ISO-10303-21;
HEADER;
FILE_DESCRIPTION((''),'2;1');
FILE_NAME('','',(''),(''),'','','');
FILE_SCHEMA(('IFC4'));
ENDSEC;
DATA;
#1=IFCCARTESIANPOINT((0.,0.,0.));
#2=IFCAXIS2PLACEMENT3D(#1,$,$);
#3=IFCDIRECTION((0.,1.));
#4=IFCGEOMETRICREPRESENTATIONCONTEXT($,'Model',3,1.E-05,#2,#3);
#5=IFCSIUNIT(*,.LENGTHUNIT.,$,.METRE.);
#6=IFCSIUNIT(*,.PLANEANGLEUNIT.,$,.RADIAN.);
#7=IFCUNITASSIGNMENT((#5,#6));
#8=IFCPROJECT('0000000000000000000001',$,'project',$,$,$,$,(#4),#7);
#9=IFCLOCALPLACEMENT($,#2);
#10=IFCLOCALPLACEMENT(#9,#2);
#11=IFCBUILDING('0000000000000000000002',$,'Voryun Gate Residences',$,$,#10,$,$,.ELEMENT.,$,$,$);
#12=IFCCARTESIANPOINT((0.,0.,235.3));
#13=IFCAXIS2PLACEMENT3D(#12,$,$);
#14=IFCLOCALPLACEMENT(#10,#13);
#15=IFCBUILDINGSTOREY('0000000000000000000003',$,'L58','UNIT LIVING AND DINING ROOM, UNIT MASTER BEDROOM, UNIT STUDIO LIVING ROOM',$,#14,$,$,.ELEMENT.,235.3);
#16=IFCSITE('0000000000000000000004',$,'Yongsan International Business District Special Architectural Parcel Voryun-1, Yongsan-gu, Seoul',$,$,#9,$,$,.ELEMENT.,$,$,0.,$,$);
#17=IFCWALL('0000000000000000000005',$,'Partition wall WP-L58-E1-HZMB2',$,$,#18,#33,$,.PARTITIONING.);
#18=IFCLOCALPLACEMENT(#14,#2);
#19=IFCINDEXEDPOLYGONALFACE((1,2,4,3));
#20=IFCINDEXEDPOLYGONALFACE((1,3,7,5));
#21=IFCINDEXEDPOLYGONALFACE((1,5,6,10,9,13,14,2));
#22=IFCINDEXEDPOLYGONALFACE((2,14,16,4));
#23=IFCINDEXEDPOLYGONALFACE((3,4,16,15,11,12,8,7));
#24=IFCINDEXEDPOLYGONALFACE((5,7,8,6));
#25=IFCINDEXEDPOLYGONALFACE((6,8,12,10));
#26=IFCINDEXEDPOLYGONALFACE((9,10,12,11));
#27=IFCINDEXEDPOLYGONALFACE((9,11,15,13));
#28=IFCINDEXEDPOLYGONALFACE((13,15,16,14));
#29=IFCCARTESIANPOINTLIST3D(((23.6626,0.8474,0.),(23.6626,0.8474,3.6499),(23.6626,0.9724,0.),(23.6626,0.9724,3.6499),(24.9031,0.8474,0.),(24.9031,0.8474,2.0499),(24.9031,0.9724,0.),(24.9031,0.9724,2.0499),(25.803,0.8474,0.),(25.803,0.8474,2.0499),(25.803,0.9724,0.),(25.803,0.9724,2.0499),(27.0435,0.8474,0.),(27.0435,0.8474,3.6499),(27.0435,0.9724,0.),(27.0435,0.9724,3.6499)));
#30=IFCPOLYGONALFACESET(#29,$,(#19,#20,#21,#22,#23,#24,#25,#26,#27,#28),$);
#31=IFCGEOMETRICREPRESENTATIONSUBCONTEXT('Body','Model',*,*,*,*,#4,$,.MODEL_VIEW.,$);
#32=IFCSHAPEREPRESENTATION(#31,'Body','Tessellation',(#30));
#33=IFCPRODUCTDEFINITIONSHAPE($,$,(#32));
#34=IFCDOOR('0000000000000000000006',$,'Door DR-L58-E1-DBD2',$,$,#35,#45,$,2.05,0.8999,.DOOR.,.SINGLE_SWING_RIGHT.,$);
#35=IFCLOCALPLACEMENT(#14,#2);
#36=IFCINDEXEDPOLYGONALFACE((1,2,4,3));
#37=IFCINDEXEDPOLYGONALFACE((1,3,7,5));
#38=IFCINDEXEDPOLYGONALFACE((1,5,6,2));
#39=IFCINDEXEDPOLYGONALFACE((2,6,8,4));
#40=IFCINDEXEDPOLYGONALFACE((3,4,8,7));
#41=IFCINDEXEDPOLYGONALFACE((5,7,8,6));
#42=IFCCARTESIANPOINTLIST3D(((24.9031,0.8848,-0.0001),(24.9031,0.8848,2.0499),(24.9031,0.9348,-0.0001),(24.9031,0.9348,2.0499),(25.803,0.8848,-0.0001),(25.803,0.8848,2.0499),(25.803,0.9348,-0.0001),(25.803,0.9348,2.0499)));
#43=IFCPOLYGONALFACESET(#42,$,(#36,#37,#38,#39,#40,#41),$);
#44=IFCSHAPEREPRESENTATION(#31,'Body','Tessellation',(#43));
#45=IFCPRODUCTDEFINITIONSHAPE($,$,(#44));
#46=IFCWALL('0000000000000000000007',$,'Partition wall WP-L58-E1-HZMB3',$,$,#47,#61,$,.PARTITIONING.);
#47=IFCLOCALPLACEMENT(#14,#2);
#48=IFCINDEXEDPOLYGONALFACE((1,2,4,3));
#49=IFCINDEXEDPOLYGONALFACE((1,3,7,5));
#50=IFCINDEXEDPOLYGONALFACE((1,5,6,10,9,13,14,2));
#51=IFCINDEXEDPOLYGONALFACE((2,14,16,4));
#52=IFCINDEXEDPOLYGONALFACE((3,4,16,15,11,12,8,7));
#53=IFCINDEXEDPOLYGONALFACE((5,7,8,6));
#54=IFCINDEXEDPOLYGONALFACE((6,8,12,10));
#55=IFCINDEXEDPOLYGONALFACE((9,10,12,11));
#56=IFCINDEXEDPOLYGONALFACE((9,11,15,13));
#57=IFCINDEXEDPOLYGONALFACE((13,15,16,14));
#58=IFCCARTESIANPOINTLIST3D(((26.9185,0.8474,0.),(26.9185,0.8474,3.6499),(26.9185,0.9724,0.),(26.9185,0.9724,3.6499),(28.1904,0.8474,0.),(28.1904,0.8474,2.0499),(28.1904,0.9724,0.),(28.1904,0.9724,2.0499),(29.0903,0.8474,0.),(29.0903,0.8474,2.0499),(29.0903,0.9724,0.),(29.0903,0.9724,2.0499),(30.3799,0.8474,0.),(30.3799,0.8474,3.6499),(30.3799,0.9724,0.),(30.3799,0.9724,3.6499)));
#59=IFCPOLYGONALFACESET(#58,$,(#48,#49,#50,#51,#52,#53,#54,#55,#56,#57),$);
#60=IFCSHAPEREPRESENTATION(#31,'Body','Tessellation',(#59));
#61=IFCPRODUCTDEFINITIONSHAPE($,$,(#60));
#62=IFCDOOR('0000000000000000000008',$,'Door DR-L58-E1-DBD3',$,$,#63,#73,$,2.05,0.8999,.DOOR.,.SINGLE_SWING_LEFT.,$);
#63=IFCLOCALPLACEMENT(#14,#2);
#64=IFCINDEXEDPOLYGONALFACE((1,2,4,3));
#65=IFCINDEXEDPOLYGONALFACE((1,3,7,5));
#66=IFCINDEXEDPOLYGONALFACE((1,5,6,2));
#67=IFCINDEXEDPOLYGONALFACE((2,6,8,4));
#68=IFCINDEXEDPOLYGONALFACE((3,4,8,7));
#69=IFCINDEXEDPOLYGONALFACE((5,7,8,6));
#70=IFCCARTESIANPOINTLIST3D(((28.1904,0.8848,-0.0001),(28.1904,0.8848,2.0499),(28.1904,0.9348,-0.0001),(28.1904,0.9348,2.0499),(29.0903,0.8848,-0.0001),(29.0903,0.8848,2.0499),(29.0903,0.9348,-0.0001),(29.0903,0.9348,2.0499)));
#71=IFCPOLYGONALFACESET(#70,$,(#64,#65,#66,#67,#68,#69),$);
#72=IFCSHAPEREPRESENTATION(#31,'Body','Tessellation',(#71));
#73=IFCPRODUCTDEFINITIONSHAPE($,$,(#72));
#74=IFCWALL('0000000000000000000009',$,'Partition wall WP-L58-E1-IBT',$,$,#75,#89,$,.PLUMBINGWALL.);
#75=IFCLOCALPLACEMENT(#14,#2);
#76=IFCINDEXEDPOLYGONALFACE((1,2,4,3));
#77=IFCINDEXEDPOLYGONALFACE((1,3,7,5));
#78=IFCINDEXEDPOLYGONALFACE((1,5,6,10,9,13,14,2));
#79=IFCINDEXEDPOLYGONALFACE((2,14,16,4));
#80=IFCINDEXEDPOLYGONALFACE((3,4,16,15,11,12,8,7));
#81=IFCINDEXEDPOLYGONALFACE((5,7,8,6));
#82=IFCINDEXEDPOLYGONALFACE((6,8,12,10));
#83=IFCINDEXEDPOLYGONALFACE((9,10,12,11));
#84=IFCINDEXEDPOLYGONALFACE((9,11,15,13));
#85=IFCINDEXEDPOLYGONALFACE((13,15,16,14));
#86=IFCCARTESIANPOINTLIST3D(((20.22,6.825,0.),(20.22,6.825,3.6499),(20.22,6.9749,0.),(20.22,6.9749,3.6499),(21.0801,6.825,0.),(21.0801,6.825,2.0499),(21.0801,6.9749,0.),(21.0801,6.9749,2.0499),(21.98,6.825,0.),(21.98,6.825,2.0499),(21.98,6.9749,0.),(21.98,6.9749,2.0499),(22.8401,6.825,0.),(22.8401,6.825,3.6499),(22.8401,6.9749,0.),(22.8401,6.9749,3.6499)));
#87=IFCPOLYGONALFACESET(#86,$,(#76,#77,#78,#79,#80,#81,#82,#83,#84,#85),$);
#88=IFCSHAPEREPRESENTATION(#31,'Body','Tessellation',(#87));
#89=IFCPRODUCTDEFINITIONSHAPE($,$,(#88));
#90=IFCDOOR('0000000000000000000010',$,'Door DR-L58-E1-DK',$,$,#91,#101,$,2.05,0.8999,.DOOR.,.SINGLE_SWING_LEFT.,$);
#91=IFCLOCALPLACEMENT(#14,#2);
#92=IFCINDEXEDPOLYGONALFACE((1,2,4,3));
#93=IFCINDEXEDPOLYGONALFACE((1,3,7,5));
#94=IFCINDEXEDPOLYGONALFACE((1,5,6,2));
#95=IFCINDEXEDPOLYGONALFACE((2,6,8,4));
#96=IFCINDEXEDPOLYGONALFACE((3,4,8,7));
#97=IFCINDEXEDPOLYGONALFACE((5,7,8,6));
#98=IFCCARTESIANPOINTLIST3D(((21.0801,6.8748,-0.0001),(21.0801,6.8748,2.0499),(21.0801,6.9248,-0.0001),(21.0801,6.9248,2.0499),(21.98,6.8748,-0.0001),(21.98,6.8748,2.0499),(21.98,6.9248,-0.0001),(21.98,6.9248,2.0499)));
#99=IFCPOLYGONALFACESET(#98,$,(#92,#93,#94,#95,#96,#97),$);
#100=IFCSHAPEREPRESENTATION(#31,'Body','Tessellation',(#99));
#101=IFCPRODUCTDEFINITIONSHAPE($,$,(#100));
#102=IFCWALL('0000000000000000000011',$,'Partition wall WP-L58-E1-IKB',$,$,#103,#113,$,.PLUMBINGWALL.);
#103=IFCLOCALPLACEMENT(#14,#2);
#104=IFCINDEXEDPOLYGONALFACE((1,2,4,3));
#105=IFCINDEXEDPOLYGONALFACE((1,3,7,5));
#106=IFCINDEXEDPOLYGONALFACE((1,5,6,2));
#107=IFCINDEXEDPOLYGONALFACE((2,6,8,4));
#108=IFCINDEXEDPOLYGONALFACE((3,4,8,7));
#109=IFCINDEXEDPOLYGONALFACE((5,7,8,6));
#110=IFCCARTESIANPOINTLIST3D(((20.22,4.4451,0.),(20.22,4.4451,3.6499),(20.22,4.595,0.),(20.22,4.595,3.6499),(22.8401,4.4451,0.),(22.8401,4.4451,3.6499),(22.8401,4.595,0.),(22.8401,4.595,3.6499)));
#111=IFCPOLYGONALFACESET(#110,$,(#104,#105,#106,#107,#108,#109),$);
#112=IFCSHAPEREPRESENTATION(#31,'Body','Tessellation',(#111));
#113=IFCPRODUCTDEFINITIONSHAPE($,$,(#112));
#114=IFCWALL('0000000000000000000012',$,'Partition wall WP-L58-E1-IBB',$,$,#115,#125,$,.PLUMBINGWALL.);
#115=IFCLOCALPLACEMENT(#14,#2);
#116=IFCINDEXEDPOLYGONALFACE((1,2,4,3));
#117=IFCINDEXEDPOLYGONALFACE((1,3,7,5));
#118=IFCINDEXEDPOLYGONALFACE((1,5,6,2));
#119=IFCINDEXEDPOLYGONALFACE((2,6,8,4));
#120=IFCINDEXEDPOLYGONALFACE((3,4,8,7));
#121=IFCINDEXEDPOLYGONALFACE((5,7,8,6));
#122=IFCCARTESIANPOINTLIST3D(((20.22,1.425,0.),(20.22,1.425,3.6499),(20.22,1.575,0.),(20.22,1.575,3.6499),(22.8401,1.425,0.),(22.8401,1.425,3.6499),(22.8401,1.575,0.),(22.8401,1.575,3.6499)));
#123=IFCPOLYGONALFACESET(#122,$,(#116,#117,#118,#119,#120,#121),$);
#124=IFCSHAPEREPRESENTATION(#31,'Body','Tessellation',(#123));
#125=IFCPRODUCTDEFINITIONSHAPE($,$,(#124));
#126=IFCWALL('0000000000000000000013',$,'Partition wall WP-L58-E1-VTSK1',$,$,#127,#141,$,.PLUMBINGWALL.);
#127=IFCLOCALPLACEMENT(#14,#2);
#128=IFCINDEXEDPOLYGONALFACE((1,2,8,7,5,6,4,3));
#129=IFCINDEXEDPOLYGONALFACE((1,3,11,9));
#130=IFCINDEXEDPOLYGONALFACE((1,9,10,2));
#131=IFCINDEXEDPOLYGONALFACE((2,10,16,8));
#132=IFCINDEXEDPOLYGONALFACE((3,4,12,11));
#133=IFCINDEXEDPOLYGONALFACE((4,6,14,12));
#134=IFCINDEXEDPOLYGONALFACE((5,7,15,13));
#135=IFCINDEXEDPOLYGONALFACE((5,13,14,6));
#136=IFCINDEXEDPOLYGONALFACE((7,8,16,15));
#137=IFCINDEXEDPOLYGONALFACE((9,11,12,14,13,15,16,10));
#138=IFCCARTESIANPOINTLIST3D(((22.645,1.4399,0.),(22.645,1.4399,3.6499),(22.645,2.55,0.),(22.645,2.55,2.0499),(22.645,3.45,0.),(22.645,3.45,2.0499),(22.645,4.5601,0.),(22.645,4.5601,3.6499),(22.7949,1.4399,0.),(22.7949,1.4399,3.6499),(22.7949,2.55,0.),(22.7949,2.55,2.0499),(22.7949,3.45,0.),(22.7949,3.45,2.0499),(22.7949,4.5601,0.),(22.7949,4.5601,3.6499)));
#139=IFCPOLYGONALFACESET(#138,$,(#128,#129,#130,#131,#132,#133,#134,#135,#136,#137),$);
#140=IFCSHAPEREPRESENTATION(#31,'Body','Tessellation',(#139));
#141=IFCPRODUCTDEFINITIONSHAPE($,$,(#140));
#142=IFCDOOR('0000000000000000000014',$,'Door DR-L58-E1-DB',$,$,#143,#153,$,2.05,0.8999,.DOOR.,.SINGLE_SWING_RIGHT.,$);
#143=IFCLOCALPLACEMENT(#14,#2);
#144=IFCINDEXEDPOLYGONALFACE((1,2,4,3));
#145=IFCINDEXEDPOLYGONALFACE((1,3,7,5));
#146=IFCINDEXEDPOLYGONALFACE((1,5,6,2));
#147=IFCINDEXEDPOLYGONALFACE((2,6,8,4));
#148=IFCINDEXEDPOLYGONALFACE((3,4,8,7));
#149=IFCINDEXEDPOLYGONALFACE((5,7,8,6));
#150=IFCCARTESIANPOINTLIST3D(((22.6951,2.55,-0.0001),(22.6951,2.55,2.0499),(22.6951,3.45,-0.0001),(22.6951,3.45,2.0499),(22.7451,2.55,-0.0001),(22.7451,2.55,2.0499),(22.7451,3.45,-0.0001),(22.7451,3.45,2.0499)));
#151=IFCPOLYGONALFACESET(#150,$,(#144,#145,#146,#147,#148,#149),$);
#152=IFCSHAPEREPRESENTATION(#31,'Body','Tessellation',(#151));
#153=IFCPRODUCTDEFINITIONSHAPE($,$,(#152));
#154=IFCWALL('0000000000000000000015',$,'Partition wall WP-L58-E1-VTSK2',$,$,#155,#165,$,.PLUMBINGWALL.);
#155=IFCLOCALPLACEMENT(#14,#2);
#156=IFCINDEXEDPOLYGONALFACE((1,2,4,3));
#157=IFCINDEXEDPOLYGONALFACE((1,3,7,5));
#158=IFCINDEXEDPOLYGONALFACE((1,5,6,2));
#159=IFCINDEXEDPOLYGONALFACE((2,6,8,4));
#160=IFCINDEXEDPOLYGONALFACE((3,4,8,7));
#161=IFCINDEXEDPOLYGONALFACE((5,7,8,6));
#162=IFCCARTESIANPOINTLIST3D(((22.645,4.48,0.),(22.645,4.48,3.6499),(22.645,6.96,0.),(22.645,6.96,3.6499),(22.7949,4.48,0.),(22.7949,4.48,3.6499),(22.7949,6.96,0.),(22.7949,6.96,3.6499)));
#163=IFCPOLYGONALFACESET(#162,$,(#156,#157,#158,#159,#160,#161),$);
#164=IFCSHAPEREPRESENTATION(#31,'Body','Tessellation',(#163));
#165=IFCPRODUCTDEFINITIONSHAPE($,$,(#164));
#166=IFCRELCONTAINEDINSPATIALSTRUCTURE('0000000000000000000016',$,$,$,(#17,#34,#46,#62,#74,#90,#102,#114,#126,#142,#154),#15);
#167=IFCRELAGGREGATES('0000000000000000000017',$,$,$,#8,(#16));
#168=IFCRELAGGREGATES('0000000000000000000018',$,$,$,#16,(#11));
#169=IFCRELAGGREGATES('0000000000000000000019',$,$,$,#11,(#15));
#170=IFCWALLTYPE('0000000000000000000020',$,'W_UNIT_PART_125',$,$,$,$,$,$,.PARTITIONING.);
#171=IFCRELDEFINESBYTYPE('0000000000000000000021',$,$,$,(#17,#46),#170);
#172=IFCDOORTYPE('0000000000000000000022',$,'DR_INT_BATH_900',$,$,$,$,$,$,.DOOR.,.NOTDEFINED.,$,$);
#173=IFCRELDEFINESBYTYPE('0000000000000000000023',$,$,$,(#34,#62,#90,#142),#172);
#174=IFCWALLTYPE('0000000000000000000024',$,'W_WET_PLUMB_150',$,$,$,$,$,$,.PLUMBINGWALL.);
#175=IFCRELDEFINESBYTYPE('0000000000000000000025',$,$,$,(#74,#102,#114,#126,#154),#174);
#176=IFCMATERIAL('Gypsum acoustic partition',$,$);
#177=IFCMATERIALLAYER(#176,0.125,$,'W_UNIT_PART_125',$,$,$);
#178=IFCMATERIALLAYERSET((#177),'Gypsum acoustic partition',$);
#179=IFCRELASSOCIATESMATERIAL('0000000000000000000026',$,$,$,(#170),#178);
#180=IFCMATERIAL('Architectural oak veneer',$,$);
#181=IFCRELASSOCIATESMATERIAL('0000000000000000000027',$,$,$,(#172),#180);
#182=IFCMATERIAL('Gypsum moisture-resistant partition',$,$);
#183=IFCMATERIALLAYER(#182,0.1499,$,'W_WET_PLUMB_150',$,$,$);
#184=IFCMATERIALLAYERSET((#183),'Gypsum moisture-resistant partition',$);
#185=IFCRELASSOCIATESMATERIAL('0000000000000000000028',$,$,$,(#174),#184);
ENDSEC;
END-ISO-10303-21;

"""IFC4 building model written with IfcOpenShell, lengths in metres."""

from ifc_helpers import new_model, si_unit, direction, frame, frame_2d, origin, place, context, subcontext, project, spatial, rectangle, extrude, material, layer, layer_set, type_object, element, fill, save


model = new_model("IFC4")

# Units and contexts
model_context = context("Model", 3, precision=1e-05, world=origin(), true_north=direction((0.0, 1.0)))
body_context = subcontext(model_context, "Body", "Model", "MODEL_VIEW")
ifc_project = project(units=[si_unit("LENGTHUNIT", "METRE"), si_unit("PLANEANGLEUNIT", "RADIAN")], contexts=[model_context])

# Site, building, storey
site_placement = place(None, origin())
site = spatial("IfcSite", under=ifc_project, at=site_placement, Name="Yongsan International Business District Special Architectural Parcel Voryun-1, Yongsan-gu, Seoul", CompositionType="ELEMENT", RefElevation=0.0)
building_placement = place(site_placement, origin())
building = spatial("IfcBuilding", under=site, at=building_placement, Name="Voryun Gate Residences", CompositionType="ELEMENT")
storey_placement = place(building_placement, frame((0.0, 0.0, 235.3)))
storey = spatial("IfcBuildingStorey", under=building, at=storey_placement, Name="L58", Description="UNIT LIVING AND DINING ROOM, UNIT MASTER BEDROOM, UNIT STUDIO LIVING ROOM", CompositionType="ELEMENT", Elevation=235.3)

# Walls, openings, doors
ifc_material_1 = material(Name="Gypsum acoustic partition")
ifc_layer_1 = layer(ifc_material_1, 0.125, Name="W_UNIT_PART_125")
ifc_layer_set_1 = layer_set([ifc_layer_1], Name="Gypsum acoustic partition")
wall_type_1 = type_object("IfcWallType", Name="W_UNIT_PART_125", PredefinedType="PARTITIONING", material=ifc_layer_set_1)
ifc_material_2 = material(Name="Architectural oak veneer")
door_type_1 = type_object("IfcDoorType", Name="DR_INT_BATH_900", OperationType="NOTDEFINED", PredefinedType="DOOR", material=ifc_material_2)
wall_1_placement = place(storey_placement, frame((23.6626, 0.9099, 0.0), z_axis=(0.0, 0.0, 1.0), x_axis=(1.0, 0.0, 0.0)))
wall_1 = element("IfcWall", 1, at=wall_1_placement, inside=storey, type_object=wall_type_1, Name="Partition wall WP-L58-E1-HZMB2", PredefinedType="PARTITIONING", context=body_context, shape_type="SweptSolid", body=[
    extrude(rectangle(XDim=3.3809, YDim=0.125, at=frame_2d((1.6904, 0.0))), origin(), (0.0, 0.0, 1.0), 3.6499),
])
opening_1_placement = place(wall_1_placement, frame((1.2405, 0.0, 0.0)))
opening_1 = element("IfcOpeningElement", 2, at=opening_1_placement, cuts=wall_1, PredefinedType="OPENING", context=body_context, shape_type="SweptSolid", body=[
    extrude(rectangle(XDim=0.8999, YDim=2.05, at=frame_2d((0.45, 1.0249))), frame((0.0, 0.0725, 0.0), z_axis=(0.0, -1.0, 0.0), x_axis=(1.0, 0.0, 0.0)), (0.0, 0.0, 1.0), 0.145),
])
door_1_placement = place(opening_1_placement, origin())
door_1 = element("IfcDoor", 3, at=door_1_placement, inside=storey, type_object=door_type_1, Name="Door DR-L58-E1-DBD2", OperationType="SINGLE_SWING_RIGHT", OverallHeight=2.05, OverallWidth=0.8999, PredefinedType="DOOR", context=body_context, shape_type="SweptSolid", body=[
    extrude(rectangle(XDim=0.8999, YDim=2.05, at=frame_2d((0.45, 1.0249))), frame((0.0, 0.0249, 0.0), z_axis=(0.0, -1.0, 0.0), x_axis=(1.0, 0.0, 0.0)), (0.0, 0.0, 1.0), 0.05),
])
fill(opening_1, door_1)
wall_2_placement = place(storey_placement, frame((26.9185, 0.9099, 0.0), z_axis=(0.0, 0.0, 1.0), x_axis=(1.0, 0.0, 0.0)))
wall_2 = element("IfcWall", 4, at=wall_2_placement, inside=storey, type_object=wall_type_1, Name="Partition wall WP-L58-E1-HZMB3", PredefinedType="PARTITIONING", context=body_context, shape_type="SweptSolid", body=[
    extrude(rectangle(XDim=3.4614, YDim=0.125, at=frame_2d((1.7307, 0.0))), origin(), (0.0, 0.0, 1.0), 3.6499),
])
opening_2_placement = place(wall_2_placement, frame((1.272, 0.0, 0.0)))
opening_2 = element("IfcOpeningElement", 5, at=opening_2_placement, cuts=wall_2, PredefinedType="OPENING", context=body_context, shape_type="SweptSolid", body=[
    extrude(rectangle(XDim=0.8999, YDim=2.05, at=frame_2d((0.45, 1.0249))), frame((0.0, 0.0725, 0.0), z_axis=(0.0, -1.0, 0.0), x_axis=(1.0, 0.0, 0.0)), (0.0, 0.0, 1.0), 0.145),
])
door_2_placement = place(opening_2_placement, origin())
door_2 = element("IfcDoor", 6, at=door_2_placement, inside=storey, type_object=door_type_1, Name="Door DR-L58-E1-DBD3", OperationType="SINGLE_SWING_LEFT", OverallHeight=2.05, OverallWidth=0.8999, PredefinedType="DOOR", context=body_context, shape_type="SweptSolid", body=[
    extrude(rectangle(XDim=0.8999, YDim=2.05, at=frame_2d((0.45, 1.0249))), frame((0.0, 0.0249, 0.0), z_axis=(0.0, -1.0, 0.0), x_axis=(1.0, 0.0, 0.0)), (0.0, 0.0, 1.0), 0.05),
])
fill(opening_2, door_2)
ifc_material_3 = material(Name="Gypsum moisture-resistant partition")
ifc_layer_2 = layer(ifc_material_3, 0.1499, Name="W_WET_PLUMB_150")
ifc_layer_set_2 = layer_set([ifc_layer_2], Name="Gypsum moisture-resistant partition")
wall_type_2 = type_object("IfcWallType", Name="W_WET_PLUMB_150", PredefinedType="PLUMBINGWALL", material=ifc_layer_set_2)
wall_3_placement = place(storey_placement, frame((20.22, 6.8999, 0.0), z_axis=(0.0, 0.0, 1.0), x_axis=(1.0, 0.0, 0.0)))
wall_3 = element("IfcWall", 7, at=wall_3_placement, inside=storey, type_object=wall_type_2, Name="Partition wall WP-L58-E1-IBT", PredefinedType="PLUMBINGWALL", context=body_context, shape_type="SweptSolid", body=[
    extrude(rectangle(XDim=2.6201, YDim=0.1499, at=frame_2d((1.3101, 0.0))), origin(), (0.0, 0.0, 1.0), 3.6499),
])
opening_3_placement = place(wall_3_placement, frame((0.8601, 0.0, 0.0)))
opening_3 = element("IfcOpeningElement", 8, at=opening_3_placement, cuts=wall_3, PredefinedType="OPENING", context=body_context, shape_type="SweptSolid", body=[
    extrude(rectangle(XDim=0.8999, YDim=2.05, at=frame_2d((0.45, 1.0249))), frame((0.0, 0.085, 0.0), z_axis=(0.0, -1.0, 0.0), x_axis=(1.0, 0.0, 0.0)), (0.0, 0.0, 1.0), 0.1699),
])
door_3_placement = place(opening_3_placement, origin())
door_3 = element("IfcDoor", 9, at=door_3_placement, inside=storey, type_object=door_type_1, Name="Door DR-L58-E1-DK", OperationType="SINGLE_SWING_LEFT", OverallHeight=2.05, OverallWidth=0.8999, PredefinedType="DOOR", context=body_context, shape_type="SweptSolid", body=[
    extrude(rectangle(XDim=0.8999, YDim=2.05, at=frame_2d((0.45, 1.0249))), frame((0.0, 0.0249, 0.0), z_axis=(0.0, -1.0, 0.0), x_axis=(1.0, 0.0, 0.0)), (0.0, 0.0, 1.0), 0.05),
])
fill(opening_3, door_3)

# Walls
for number, where, z_axis, x_axis, name in (
    (10, (20.22, 4.52, 0.0), (0.0, 0.0, 1.0), (1.0, 0.0, 0.0), "Partition wall WP-L58-E1-IKB"),
    (11, (20.22, 1.5, 0.0), (0.0, 0.0, 1.0), (1.0, 0.0, 0.0), "Partition wall WP-L58-E1-IBB"),
):
    element("IfcWall", number, at=place(storey_placement, frame(where, z_axis=z_axis, x_axis=x_axis)), inside=storey, type_object=wall_type_2, Name=name, PredefinedType="PLUMBINGWALL", context=body_context, shape_type="SweptSolid", body=[
        extrude(rectangle(XDim=2.6201, YDim=0.1499, at=frame_2d((1.3101, 0.0))), origin(), (0.0, 0.0, 1.0), 3.6499),
    ])

# Wall, opening, door
wall_4_placement = place(storey_placement, frame((22.72, 1.4399, 0.0), z_axis=(0.0, 0.0, 1.0), x_axis=(0.0, 1.0, 0.0)))
wall_4 = element("IfcWall", 12, at=wall_4_placement, inside=storey, type_object=wall_type_2, Name="Partition wall WP-L58-E1-VTSK1", PredefinedType="PLUMBINGWALL", context=body_context, shape_type="SweptSolid", body=[
    extrude(rectangle(XDim=3.1201, YDim=0.1499, at=frame_2d((1.5601, 0.0))), origin(), (0.0, 0.0, 1.0), 3.6499),
])
opening_4_placement = place(wall_4_placement, frame((1.1101, 0.0, 0.0)))
opening_4 = element("IfcOpeningElement", 13, at=opening_4_placement, cuts=wall_4, PredefinedType="OPENING", context=body_context, shape_type="SweptSolid", body=[
    extrude(rectangle(XDim=0.8999, YDim=2.05, at=frame_2d((0.45, 1.0249))), frame((0.0, 0.085, 0.0), z_axis=(0.0, -1.0, 0.0), x_axis=(1.0, 0.0, 0.0)), (0.0, 0.0, 1.0), 0.1699),
])
door_4_placement = place(opening_4_placement, origin())
door_4 = element("IfcDoor", 14, at=door_4_placement, inside=storey, type_object=door_type_1, Name="Door DR-L58-E1-DB", OperationType="SINGLE_SWING_RIGHT", OverallHeight=2.05, OverallWidth=0.8999, PredefinedType="DOOR", context=body_context, shape_type="SweptSolid", body=[
    extrude(rectangle(XDim=0.8999, YDim=2.05, at=frame_2d((0.45, 1.0249))), frame((0.0, 0.0249, 0.0), z_axis=(0.0, -1.0, 0.0), x_axis=(1.0, 0.0, 0.0)), (0.0, 0.0, 1.0), 0.05),
])
fill(opening_4, door_4)

# Wall
wall_5_placement = place(storey_placement, frame((22.72, 4.48, 0.0), z_axis=(0.0, 0.0, 1.0), x_axis=(0.0, 1.0, 0.0)))
element("IfcWall", 15, at=wall_5_placement, inside=storey, type_object=wall_type_2, Name="Partition wall WP-L58-E1-VTSK2", PredefinedType="PLUMBINGWALL", context=body_context, shape_type="SweptSolid", body=[
    extrude(rectangle(XDim=2.48, YDim=0.1499, at=frame_2d((1.24, 0.0))), origin(), (0.0, 0.0, 1.0), 3.6499),
])

save(model, "model.ifc")
